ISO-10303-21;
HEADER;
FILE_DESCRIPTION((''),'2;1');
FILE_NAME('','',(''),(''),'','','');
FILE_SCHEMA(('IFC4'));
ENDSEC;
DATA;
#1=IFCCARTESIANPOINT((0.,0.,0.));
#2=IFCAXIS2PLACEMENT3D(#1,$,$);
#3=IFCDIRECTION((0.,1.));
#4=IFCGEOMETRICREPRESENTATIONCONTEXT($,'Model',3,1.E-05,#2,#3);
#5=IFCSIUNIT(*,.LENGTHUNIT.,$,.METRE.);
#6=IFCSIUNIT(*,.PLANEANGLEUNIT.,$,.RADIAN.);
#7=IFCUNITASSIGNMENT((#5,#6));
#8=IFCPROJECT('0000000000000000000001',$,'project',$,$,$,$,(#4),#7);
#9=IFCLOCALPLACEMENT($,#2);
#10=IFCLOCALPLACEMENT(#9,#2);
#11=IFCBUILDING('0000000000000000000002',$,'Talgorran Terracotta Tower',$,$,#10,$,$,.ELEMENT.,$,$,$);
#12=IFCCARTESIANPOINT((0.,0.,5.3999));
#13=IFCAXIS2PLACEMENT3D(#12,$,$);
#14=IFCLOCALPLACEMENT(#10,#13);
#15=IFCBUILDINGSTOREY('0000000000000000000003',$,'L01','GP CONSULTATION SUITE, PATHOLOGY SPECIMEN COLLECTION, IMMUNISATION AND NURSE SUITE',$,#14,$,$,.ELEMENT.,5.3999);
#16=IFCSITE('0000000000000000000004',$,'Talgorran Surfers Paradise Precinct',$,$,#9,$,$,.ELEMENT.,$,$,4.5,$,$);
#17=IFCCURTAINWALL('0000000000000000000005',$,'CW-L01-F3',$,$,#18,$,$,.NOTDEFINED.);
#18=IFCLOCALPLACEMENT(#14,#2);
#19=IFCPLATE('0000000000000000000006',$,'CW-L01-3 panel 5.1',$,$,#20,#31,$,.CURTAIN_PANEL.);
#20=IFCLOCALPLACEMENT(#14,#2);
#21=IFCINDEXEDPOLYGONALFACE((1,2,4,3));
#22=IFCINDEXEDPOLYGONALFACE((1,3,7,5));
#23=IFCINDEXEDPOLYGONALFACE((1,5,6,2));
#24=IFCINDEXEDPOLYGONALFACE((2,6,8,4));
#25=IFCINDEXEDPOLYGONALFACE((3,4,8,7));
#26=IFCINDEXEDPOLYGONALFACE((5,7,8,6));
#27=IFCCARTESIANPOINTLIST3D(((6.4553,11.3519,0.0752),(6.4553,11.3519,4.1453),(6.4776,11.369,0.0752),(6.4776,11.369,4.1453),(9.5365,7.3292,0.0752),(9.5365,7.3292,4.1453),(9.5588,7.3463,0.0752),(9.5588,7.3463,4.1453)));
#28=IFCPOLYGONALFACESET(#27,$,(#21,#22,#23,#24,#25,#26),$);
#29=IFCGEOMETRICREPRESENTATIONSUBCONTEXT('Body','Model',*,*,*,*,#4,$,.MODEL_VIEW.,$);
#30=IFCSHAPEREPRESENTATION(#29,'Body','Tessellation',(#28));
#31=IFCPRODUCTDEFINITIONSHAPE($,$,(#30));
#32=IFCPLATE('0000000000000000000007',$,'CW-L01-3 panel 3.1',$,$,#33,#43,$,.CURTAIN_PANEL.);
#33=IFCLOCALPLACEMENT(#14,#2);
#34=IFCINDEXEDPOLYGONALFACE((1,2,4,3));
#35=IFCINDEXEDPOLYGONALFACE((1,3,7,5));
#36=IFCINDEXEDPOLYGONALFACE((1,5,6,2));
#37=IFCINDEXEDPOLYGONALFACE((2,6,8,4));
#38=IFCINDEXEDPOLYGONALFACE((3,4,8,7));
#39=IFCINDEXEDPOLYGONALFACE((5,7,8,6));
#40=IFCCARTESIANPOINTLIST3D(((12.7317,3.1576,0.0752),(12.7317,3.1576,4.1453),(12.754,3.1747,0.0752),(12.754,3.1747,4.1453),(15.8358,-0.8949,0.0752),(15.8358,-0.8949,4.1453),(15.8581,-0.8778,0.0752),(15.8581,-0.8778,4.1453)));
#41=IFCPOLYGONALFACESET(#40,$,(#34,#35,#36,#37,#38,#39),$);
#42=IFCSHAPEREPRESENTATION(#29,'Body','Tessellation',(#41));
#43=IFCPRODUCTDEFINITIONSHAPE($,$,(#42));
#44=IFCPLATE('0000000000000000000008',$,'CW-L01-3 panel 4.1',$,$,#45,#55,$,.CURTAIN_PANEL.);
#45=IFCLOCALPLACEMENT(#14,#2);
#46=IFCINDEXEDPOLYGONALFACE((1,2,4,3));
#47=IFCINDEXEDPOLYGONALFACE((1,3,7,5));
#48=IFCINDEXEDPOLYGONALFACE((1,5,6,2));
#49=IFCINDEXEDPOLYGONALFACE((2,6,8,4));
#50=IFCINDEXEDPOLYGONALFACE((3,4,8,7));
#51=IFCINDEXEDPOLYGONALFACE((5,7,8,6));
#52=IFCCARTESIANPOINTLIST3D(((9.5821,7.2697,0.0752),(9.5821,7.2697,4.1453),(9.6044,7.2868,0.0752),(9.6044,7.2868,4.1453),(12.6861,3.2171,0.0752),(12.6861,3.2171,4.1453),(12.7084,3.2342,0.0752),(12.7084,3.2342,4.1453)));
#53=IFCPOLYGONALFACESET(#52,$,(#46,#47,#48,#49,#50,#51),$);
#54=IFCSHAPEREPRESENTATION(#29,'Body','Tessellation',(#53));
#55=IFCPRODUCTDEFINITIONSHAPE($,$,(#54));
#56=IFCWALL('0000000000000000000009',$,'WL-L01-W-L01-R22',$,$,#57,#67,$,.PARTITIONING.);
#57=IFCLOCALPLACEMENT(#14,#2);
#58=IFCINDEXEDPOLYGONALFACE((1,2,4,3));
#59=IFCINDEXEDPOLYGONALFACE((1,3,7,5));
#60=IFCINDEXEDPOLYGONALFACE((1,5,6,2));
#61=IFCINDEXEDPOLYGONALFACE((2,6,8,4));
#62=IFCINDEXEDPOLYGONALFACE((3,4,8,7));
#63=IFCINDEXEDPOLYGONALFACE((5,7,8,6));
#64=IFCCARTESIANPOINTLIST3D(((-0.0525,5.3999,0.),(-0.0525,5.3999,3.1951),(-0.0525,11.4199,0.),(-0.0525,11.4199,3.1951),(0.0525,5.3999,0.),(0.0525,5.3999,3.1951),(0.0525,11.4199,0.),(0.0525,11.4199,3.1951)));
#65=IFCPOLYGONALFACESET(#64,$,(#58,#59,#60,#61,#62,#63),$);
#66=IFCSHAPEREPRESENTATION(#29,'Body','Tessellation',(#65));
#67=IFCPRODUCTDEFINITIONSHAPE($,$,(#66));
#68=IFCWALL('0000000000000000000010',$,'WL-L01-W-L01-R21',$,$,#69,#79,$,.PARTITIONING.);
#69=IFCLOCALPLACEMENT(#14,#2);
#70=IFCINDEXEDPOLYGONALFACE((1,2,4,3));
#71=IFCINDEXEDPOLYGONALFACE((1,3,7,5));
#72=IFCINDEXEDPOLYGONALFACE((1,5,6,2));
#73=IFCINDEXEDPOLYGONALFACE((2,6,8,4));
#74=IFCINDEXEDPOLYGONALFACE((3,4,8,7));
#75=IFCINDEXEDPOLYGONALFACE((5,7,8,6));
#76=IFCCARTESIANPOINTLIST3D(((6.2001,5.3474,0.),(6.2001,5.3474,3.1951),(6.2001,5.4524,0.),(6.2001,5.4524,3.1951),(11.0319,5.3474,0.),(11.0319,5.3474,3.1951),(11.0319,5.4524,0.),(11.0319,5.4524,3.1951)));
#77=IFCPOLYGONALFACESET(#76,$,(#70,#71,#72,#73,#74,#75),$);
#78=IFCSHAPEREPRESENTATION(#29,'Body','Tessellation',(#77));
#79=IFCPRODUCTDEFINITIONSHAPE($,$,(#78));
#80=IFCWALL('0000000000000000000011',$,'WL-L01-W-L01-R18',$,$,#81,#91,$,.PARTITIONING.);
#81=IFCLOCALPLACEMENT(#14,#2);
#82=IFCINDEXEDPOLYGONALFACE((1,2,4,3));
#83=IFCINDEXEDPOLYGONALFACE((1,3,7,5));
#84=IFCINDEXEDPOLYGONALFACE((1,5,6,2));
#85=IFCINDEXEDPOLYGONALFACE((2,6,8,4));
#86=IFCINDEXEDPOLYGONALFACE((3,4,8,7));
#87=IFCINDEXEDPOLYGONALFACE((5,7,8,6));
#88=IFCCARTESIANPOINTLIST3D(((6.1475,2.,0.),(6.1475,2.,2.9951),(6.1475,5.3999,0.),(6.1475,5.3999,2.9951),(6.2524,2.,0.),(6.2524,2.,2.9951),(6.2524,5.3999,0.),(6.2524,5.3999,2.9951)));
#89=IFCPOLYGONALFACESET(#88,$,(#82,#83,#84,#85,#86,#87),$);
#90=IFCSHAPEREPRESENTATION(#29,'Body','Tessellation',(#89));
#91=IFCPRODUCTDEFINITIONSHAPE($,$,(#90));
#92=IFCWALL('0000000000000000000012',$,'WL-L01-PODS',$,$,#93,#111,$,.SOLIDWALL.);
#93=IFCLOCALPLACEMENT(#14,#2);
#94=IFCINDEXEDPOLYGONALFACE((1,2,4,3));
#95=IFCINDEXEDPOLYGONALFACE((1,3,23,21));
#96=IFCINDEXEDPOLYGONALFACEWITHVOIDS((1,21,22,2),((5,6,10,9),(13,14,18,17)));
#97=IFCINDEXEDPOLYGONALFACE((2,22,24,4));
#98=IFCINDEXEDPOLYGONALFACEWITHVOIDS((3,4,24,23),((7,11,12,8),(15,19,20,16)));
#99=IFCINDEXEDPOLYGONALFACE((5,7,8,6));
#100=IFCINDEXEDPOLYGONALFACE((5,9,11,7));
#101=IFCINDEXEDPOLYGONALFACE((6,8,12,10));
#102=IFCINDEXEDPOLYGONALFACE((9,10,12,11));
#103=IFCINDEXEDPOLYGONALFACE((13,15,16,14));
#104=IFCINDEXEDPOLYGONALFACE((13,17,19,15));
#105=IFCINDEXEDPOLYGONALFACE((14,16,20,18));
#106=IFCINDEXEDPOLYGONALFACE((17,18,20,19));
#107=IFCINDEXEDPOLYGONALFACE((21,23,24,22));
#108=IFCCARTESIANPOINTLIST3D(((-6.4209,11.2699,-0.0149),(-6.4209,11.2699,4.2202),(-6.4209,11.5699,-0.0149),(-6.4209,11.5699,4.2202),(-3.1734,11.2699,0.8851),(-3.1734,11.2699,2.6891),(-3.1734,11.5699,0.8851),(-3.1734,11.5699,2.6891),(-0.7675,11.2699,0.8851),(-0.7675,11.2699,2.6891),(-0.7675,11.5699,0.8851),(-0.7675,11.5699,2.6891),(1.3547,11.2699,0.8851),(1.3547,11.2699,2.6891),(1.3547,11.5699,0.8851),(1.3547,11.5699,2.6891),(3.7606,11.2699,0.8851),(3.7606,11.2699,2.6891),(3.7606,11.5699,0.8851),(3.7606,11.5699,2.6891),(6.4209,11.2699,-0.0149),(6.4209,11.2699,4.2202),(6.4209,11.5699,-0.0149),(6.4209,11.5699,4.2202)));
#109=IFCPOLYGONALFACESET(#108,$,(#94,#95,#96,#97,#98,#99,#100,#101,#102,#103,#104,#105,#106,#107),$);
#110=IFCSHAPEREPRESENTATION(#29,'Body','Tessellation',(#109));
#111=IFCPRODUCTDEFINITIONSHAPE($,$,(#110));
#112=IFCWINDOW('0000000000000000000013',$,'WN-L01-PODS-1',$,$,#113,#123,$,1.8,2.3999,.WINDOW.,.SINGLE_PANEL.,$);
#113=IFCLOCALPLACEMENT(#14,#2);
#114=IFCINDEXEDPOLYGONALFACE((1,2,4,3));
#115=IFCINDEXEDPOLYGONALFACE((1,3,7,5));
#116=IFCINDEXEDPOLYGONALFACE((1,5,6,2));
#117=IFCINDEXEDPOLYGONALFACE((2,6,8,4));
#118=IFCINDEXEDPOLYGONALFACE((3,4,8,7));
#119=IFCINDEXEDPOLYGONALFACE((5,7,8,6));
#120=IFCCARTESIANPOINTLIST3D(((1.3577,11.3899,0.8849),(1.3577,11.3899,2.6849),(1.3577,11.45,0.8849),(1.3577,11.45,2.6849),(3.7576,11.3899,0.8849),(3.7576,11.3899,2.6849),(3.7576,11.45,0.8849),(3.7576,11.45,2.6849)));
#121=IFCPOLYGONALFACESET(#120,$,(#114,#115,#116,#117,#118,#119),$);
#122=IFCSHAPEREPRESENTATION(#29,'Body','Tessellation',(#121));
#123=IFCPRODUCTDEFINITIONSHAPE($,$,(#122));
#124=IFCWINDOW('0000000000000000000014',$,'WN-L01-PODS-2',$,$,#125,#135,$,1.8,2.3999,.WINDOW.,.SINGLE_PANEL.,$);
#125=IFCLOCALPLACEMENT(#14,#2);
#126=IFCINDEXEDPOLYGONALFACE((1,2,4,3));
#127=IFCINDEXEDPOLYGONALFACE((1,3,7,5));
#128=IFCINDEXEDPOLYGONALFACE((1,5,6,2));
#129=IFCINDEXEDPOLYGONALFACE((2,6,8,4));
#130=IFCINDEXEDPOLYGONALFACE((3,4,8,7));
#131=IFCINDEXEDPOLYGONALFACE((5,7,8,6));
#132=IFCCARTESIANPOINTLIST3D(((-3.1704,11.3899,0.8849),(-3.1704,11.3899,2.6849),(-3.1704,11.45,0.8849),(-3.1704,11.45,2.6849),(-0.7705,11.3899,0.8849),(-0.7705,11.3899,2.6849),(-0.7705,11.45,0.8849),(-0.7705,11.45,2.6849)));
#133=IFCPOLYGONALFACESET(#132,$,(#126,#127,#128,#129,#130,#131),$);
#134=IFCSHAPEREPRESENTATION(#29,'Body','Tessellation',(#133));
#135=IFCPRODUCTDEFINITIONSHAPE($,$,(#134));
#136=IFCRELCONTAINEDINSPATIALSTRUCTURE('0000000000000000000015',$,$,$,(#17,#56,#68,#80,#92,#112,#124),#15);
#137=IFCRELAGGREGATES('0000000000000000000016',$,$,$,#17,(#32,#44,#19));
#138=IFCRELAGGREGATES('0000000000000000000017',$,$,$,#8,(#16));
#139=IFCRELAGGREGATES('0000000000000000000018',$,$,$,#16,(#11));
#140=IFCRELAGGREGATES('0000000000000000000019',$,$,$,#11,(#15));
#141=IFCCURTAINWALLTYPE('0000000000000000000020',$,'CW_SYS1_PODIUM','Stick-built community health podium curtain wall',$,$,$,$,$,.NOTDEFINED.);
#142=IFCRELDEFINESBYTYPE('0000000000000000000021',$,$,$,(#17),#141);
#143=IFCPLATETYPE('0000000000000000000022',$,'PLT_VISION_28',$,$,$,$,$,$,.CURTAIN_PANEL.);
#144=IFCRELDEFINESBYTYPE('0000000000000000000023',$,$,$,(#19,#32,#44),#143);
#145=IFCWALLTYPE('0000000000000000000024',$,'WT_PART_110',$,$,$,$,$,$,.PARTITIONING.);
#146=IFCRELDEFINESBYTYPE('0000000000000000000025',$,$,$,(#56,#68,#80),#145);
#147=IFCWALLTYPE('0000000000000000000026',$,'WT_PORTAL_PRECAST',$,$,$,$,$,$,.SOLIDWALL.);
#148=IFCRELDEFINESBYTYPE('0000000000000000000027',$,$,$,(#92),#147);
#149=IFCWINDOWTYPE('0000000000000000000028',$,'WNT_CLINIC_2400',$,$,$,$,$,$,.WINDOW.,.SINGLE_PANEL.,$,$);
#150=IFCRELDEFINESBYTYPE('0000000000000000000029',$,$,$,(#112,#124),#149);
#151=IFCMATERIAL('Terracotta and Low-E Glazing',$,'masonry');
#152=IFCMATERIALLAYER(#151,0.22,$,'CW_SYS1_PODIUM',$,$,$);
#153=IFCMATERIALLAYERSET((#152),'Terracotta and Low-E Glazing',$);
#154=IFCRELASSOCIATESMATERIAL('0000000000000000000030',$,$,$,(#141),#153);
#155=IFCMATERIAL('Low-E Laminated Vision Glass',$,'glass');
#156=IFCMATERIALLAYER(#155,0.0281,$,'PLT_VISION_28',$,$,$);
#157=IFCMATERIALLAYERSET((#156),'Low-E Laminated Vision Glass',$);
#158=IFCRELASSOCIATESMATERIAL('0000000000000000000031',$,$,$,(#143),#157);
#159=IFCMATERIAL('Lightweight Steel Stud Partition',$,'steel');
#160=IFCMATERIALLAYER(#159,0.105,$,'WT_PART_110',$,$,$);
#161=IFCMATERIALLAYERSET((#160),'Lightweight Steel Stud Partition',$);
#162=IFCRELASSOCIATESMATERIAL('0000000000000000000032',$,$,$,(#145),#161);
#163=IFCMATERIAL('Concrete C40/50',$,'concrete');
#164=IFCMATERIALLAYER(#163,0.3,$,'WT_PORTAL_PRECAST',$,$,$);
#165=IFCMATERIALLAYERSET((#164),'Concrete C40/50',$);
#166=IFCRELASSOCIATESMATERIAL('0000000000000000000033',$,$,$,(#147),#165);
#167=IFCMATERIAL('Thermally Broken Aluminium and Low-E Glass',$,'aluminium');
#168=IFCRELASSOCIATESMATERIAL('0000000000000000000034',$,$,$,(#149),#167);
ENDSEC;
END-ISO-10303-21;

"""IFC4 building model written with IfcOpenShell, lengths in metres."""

from ifc_helpers import new_model, si_unit, direction, frame, frame_2d, origin, origin_2d, place, context, subcontext, project, spatial, rectangle, extrude, source, transform, mapped, material, layer, layer_set, type_object, type_shapes, element, fill, aggregate, save


model = new_model("IFC4")

# Units and contexts
model_context = context("Model", 3, precision=1e-05, world=origin(), true_north=direction((0.0, 1.0)))
body_context = subcontext(model_context, "Body", "Model", "MODEL_VIEW")
ifc_project = project(units=[si_unit("LENGTHUNIT", "METRE"), si_unit("PLANEANGLEUNIT", "RADIAN")], contexts=[model_context])

# Site, building, storey
site_placement = place(None, origin())
site = spatial("IfcSite", under=ifc_project, at=site_placement, Name="Talgorran Surfers Paradise Precinct", CompositionType="ELEMENT", RefElevation=4.5)
building_placement = place(site_placement, origin())
building = spatial("IfcBuilding", under=site, at=building_placement, Name="Talgorran Terracotta Tower", CompositionType="ELEMENT")
storey_placement = place(building_placement, frame((0.0, 0.0, 5.3999)))
storey = spatial("IfcBuildingStorey", under=building, at=storey_placement, Name="L01", Description="GP CONSULTATION SUITE, PATHOLOGY SPECIMEN COLLECTION, IMMUNISATION AND NURSE SUITE", CompositionType="ELEMENT", Elevation=5.3999)

# Curtain wall
ifc_material_1 = material(Name="Terracotta and Low-E Glazing", Category="masonry")
ifc_layer_1 = layer(ifc_material_1, 0.22, Name="CW_SYS1_PODIUM")
ifc_layer_set_1 = layer_set([ifc_layer_1], Name="Terracotta and Low-E Glazing")
curtain_wall_type = type_object("IfcCurtainWallType", Name="CW_SYS1_PODIUM", Description="Stick-built community health podium curtain wall", PredefinedType="NOTDEFINED", material=ifc_layer_set_1)
curtain_wall_placement = place(storey_placement, origin())
curtain_wall = element("IfcCurtainWall", 1, at=curtain_wall_placement, inside=storey, type_object=curtain_wall_type, Name="CW-L01-F3", PredefinedType="NOTDEFINED")

# Shared definitions
ifc_material_2 = material(Name="Concrete C40/50", Category="concrete")

# Plates
ifc_material_3 = material(Name="Low-E Laminated Vision Glass", Category="glass")
ifc_layer_2 = layer(ifc_material_3, 0.0281, Name="PLT_VISION_28")
ifc_layer_set_2 = layer_set([ifc_layer_2], Name="Low-E Laminated Vision Glass")
plate_type = type_object("IfcPlateType", Name="PLT_VISION_28", PredefinedType="CURTAIN_PANEL", material=ifc_layer_set_2)
shared_shape_1 = source(origin(), body_context, "Body", "SweptSolid", [
    extrude(rectangle(XDim=5.0671, YDim=0.0281, at=origin_2d()), origin(), (0.0, 0.0, 1.0), 4.0701),
])
plate_1_placement = place(storey_placement, frame((8.0071, 9.3491, 0.0752), z_axis=(0.0, 0.0, 1.0), x_axis=(-0.608075, 0.79388, 0.0)))
plate_1 = element("IfcPlate", 2, at=plate_1_placement, type_object=plate_type, Name="CW-L01-3 panel 5.1", PredefinedType="CURTAIN_PANEL", context=body_context, shape_type="MappedRepresentation", body=[
    mapped(shared_shape_1, transform((0.0, 0.0, 0.0), scale=1.0)),
])
shared_shape_2 = source(origin(), body_context, "Body", "SweptSolid", [
    extrude(rectangle(XDim=5.1047, YDim=0.0281, at=origin_2d()), origin(), (0.0, 0.0, 1.0), 4.0701),
])
type_shapes(plate_type, [shared_shape_1, shared_shape_2])
plate_2_placement = place(storey_placement, frame((14.2949, 1.1399, 0.0752), z_axis=(0.0, 0.0, 1.0), x_axis=(-0.608075, 0.79388, 0.0)))
plate_2 = element("IfcPlate", 3, at=plate_2_placement, type_object=plate_type, Name="CW-L01-3 panel 3.1", PredefinedType="CURTAIN_PANEL", context=body_context, shape_type="MappedRepresentation", body=[
    mapped(shared_shape_2, transform((0.0, 0.0, 0.0), scale=1.0)),
])
plate_3_placement = place(storey_placement, frame((11.1453, 5.252, 0.0752), z_axis=(0.0, 0.0, 1.0), x_axis=(-0.608075, 0.79388, 0.0)))
plate_3 = element("IfcPlate", 4, at=plate_3_placement, type_object=plate_type, Name="CW-L01-3 panel 4.1", PredefinedType="CURTAIN_PANEL", context=body_context, shape_type="MappedRepresentation", body=[
    mapped(shared_shape_2, transform((0.0, 0.0, 0.0), scale=1.0)),
])
aggregate(curtain_wall, [plate_2, plate_3, plate_1])

# Walls
ifc_material_4 = material(Name="Lightweight Steel Stud Partition", Category="steel")
ifc_layer_3 = layer(ifc_material_4, 0.105, Name="WT_PART_110")
ifc_layer_set_3 = layer_set([ifc_layer_3], Name="Lightweight Steel Stud Partition")
wall_type_1 = type_object("IfcWallType", Name="WT_PART_110", PredefinedType="PARTITIONING", material=ifc_layer_set_3)
wall_1_placement = place(storey_placement, frame((0.0, 5.3999, 0.0), z_axis=(0.0, 0.0, 1.0), x_axis=(0.0, 1.0, 0.0)))
element("IfcWall", 5, at=wall_1_placement, inside=storey, type_object=wall_type_1, Name="WL-L01-W-L01-R22", PredefinedType="PARTITIONING", context=body_context, shape_type="SweptSolid", body=[
    extrude(rectangle(XDim=6.02, YDim=0.105, at=frame_2d((3.01, 0.0))), origin(), (0.0, 0.0, 1.0), 3.1951),
])
wall_2_placement = place(storey_placement, frame((6.2, 5.3999, 0.0), z_axis=(0.0, 0.0, 1.0), x_axis=(1.0, 0.0, 0.0)))
element("IfcWall", 6, at=wall_2_placement, inside=storey, type_object=wall_type_1, Name="WL-L01-W-L01-R21", PredefinedType="PARTITIONING", context=body_context, shape_type="SweptSolid", body=[
    extrude(rectangle(XDim=4.8318, YDim=0.105, at=frame_2d((2.416, 0.0))), origin(), (0.0, 0.0, 1.0), 3.1951),
])
wall_3_placement = place(storey_placement, frame((6.2, 2.0, 0.0), z_axis=(0.0, 0.0, 1.0), x_axis=(0.0, 1.0, 0.0)))
element("IfcWall", 7, at=wall_3_placement, inside=storey, type_object=wall_type_1, Name="WL-L01-W-L01-R18", PredefinedType="PARTITIONING", context=body_context, shape_type="SweptSolid", body=[
    extrude(rectangle(XDim=3.3999, YDim=0.105, at=frame_2d((1.7, 0.0))), origin(), (0.0, 0.0, 1.0), 2.9951),
])

# Wall, openings, windows
ifc_layer_4 = layer(ifc_material_2, 0.3, Name="WT_PORTAL_PRECAST")
ifc_layer_set_4 = layer_set([ifc_layer_4], Name="Concrete C40/50")
wall_type_2 = type_object("IfcWallType", Name="WT_PORTAL_PRECAST", PredefinedType="SOLIDWALL", material=ifc_layer_set_4)
wall_4_placement = place(storey_placement, frame((6.4209, 11.4199, -0.0149), z_axis=(0.0, 0.0, 1.0), x_axis=(-1.0, 0.0, 0.0)))
wall_4 = element("IfcWall", 8, at=wall_4_placement, inside=storey, type_object=wall_type_2, Name="WL-L01-PODS", PredefinedType="SOLIDWALL", context=body_context, shape_type="SweptSolid", body=[
    extrude(rectangle(XDim=12.8418, YDim=0.3, at=frame_2d((6.4209, 0.0))), origin(), (0.0, 0.0, 1.0), 4.2351),
])
opening_1_placement = place(wall_4_placement, frame((2.6633, 0.0, 0.8999)))
opening_1 = element("IfcOpeningElement", 9, at=opening_1_placement, cuts=wall_4, PredefinedType="OPENING", context=body_context, shape_type="SweptSolid", body=[
    extrude(rectangle(XDim=2.4059, YDim=1.804, at=frame_2d((1.2, 0.9021))), frame((0.0, 0.1602, 0.0), z_axis=(0.0, -1.0, 0.0), x_axis=(1.0, 0.0, 0.0)), (0.0, 0.0, 1.0), 0.3201),
])
opening_2_placement = place(wall_4_placement, frame((7.1914, 0.0, 0.8999)))
opening_2 = element("IfcOpeningElement", 10, at=opening_2_placement, cuts=wall_4, PredefinedType="OPENING", context=body_context, shape_type="SweptSolid", body=[
    extrude(rectangle(XDim=2.4059, YDim=1.804, at=frame_2d((1.2, 0.9021))), frame((0.0, 0.1602, 0.0), z_axis=(0.0, -1.0, 0.0), x_axis=(1.0, 0.0, 0.0)), (0.0, 0.0, 1.0), 0.3201),
])
ifc_material_5 = material(Name="Thermally Broken Aluminium and Low-E Glass", Category="aluminium")
window_type = type_object("IfcWindowType", Name="WNT_CLINIC_2400", PartitioningType="SINGLE_PANEL", PredefinedType="WINDOW", material=ifc_material_5)
window_1_placement = place(opening_1_placement, origin())
window_1 = element("IfcWindow", 11, at=window_1_placement, inside=storey, type_object=window_type, Name="WN-L01-PODS-1", OverallHeight=1.8, OverallWidth=2.3999, PartitioningType="SINGLE_PANEL", PredefinedType="WINDOW", context=body_context, shape_type="SweptSolid", body=[
    extrude(rectangle(XDim=2.3999, YDim=1.8, at=frame_2d((1.2, 0.8999))), frame((0.0, 0.03, 0.0), z_axis=(0.0, -1.0, 0.0), x_axis=(1.0, 0.0, 0.0)), (0.0, 0.0, 1.0), 0.0601),
])
fill(opening_1, window_1)
window_2_placement = place(opening_2_placement, origin())
window_2 = element("IfcWindow", 12, at=window_2_placement, inside=storey, type_object=window_type, Name="WN-L01-PODS-2", OverallHeight=1.8, OverallWidth=2.3999, PartitioningType="SINGLE_PANEL", PredefinedType="WINDOW", context=body_context, shape_type="SweptSolid", body=[
    extrude(rectangle(XDim=2.3999, YDim=1.8, at=frame_2d((1.2, 0.8999))), frame((0.0, 0.03, 0.0), z_axis=(0.0, -1.0, 0.0), x_axis=(1.0, 0.0, 0.0)), (0.0, 0.0, 1.0), 0.0601),
])
fill(opening_2, window_2)

save(model, "model.ifc")
